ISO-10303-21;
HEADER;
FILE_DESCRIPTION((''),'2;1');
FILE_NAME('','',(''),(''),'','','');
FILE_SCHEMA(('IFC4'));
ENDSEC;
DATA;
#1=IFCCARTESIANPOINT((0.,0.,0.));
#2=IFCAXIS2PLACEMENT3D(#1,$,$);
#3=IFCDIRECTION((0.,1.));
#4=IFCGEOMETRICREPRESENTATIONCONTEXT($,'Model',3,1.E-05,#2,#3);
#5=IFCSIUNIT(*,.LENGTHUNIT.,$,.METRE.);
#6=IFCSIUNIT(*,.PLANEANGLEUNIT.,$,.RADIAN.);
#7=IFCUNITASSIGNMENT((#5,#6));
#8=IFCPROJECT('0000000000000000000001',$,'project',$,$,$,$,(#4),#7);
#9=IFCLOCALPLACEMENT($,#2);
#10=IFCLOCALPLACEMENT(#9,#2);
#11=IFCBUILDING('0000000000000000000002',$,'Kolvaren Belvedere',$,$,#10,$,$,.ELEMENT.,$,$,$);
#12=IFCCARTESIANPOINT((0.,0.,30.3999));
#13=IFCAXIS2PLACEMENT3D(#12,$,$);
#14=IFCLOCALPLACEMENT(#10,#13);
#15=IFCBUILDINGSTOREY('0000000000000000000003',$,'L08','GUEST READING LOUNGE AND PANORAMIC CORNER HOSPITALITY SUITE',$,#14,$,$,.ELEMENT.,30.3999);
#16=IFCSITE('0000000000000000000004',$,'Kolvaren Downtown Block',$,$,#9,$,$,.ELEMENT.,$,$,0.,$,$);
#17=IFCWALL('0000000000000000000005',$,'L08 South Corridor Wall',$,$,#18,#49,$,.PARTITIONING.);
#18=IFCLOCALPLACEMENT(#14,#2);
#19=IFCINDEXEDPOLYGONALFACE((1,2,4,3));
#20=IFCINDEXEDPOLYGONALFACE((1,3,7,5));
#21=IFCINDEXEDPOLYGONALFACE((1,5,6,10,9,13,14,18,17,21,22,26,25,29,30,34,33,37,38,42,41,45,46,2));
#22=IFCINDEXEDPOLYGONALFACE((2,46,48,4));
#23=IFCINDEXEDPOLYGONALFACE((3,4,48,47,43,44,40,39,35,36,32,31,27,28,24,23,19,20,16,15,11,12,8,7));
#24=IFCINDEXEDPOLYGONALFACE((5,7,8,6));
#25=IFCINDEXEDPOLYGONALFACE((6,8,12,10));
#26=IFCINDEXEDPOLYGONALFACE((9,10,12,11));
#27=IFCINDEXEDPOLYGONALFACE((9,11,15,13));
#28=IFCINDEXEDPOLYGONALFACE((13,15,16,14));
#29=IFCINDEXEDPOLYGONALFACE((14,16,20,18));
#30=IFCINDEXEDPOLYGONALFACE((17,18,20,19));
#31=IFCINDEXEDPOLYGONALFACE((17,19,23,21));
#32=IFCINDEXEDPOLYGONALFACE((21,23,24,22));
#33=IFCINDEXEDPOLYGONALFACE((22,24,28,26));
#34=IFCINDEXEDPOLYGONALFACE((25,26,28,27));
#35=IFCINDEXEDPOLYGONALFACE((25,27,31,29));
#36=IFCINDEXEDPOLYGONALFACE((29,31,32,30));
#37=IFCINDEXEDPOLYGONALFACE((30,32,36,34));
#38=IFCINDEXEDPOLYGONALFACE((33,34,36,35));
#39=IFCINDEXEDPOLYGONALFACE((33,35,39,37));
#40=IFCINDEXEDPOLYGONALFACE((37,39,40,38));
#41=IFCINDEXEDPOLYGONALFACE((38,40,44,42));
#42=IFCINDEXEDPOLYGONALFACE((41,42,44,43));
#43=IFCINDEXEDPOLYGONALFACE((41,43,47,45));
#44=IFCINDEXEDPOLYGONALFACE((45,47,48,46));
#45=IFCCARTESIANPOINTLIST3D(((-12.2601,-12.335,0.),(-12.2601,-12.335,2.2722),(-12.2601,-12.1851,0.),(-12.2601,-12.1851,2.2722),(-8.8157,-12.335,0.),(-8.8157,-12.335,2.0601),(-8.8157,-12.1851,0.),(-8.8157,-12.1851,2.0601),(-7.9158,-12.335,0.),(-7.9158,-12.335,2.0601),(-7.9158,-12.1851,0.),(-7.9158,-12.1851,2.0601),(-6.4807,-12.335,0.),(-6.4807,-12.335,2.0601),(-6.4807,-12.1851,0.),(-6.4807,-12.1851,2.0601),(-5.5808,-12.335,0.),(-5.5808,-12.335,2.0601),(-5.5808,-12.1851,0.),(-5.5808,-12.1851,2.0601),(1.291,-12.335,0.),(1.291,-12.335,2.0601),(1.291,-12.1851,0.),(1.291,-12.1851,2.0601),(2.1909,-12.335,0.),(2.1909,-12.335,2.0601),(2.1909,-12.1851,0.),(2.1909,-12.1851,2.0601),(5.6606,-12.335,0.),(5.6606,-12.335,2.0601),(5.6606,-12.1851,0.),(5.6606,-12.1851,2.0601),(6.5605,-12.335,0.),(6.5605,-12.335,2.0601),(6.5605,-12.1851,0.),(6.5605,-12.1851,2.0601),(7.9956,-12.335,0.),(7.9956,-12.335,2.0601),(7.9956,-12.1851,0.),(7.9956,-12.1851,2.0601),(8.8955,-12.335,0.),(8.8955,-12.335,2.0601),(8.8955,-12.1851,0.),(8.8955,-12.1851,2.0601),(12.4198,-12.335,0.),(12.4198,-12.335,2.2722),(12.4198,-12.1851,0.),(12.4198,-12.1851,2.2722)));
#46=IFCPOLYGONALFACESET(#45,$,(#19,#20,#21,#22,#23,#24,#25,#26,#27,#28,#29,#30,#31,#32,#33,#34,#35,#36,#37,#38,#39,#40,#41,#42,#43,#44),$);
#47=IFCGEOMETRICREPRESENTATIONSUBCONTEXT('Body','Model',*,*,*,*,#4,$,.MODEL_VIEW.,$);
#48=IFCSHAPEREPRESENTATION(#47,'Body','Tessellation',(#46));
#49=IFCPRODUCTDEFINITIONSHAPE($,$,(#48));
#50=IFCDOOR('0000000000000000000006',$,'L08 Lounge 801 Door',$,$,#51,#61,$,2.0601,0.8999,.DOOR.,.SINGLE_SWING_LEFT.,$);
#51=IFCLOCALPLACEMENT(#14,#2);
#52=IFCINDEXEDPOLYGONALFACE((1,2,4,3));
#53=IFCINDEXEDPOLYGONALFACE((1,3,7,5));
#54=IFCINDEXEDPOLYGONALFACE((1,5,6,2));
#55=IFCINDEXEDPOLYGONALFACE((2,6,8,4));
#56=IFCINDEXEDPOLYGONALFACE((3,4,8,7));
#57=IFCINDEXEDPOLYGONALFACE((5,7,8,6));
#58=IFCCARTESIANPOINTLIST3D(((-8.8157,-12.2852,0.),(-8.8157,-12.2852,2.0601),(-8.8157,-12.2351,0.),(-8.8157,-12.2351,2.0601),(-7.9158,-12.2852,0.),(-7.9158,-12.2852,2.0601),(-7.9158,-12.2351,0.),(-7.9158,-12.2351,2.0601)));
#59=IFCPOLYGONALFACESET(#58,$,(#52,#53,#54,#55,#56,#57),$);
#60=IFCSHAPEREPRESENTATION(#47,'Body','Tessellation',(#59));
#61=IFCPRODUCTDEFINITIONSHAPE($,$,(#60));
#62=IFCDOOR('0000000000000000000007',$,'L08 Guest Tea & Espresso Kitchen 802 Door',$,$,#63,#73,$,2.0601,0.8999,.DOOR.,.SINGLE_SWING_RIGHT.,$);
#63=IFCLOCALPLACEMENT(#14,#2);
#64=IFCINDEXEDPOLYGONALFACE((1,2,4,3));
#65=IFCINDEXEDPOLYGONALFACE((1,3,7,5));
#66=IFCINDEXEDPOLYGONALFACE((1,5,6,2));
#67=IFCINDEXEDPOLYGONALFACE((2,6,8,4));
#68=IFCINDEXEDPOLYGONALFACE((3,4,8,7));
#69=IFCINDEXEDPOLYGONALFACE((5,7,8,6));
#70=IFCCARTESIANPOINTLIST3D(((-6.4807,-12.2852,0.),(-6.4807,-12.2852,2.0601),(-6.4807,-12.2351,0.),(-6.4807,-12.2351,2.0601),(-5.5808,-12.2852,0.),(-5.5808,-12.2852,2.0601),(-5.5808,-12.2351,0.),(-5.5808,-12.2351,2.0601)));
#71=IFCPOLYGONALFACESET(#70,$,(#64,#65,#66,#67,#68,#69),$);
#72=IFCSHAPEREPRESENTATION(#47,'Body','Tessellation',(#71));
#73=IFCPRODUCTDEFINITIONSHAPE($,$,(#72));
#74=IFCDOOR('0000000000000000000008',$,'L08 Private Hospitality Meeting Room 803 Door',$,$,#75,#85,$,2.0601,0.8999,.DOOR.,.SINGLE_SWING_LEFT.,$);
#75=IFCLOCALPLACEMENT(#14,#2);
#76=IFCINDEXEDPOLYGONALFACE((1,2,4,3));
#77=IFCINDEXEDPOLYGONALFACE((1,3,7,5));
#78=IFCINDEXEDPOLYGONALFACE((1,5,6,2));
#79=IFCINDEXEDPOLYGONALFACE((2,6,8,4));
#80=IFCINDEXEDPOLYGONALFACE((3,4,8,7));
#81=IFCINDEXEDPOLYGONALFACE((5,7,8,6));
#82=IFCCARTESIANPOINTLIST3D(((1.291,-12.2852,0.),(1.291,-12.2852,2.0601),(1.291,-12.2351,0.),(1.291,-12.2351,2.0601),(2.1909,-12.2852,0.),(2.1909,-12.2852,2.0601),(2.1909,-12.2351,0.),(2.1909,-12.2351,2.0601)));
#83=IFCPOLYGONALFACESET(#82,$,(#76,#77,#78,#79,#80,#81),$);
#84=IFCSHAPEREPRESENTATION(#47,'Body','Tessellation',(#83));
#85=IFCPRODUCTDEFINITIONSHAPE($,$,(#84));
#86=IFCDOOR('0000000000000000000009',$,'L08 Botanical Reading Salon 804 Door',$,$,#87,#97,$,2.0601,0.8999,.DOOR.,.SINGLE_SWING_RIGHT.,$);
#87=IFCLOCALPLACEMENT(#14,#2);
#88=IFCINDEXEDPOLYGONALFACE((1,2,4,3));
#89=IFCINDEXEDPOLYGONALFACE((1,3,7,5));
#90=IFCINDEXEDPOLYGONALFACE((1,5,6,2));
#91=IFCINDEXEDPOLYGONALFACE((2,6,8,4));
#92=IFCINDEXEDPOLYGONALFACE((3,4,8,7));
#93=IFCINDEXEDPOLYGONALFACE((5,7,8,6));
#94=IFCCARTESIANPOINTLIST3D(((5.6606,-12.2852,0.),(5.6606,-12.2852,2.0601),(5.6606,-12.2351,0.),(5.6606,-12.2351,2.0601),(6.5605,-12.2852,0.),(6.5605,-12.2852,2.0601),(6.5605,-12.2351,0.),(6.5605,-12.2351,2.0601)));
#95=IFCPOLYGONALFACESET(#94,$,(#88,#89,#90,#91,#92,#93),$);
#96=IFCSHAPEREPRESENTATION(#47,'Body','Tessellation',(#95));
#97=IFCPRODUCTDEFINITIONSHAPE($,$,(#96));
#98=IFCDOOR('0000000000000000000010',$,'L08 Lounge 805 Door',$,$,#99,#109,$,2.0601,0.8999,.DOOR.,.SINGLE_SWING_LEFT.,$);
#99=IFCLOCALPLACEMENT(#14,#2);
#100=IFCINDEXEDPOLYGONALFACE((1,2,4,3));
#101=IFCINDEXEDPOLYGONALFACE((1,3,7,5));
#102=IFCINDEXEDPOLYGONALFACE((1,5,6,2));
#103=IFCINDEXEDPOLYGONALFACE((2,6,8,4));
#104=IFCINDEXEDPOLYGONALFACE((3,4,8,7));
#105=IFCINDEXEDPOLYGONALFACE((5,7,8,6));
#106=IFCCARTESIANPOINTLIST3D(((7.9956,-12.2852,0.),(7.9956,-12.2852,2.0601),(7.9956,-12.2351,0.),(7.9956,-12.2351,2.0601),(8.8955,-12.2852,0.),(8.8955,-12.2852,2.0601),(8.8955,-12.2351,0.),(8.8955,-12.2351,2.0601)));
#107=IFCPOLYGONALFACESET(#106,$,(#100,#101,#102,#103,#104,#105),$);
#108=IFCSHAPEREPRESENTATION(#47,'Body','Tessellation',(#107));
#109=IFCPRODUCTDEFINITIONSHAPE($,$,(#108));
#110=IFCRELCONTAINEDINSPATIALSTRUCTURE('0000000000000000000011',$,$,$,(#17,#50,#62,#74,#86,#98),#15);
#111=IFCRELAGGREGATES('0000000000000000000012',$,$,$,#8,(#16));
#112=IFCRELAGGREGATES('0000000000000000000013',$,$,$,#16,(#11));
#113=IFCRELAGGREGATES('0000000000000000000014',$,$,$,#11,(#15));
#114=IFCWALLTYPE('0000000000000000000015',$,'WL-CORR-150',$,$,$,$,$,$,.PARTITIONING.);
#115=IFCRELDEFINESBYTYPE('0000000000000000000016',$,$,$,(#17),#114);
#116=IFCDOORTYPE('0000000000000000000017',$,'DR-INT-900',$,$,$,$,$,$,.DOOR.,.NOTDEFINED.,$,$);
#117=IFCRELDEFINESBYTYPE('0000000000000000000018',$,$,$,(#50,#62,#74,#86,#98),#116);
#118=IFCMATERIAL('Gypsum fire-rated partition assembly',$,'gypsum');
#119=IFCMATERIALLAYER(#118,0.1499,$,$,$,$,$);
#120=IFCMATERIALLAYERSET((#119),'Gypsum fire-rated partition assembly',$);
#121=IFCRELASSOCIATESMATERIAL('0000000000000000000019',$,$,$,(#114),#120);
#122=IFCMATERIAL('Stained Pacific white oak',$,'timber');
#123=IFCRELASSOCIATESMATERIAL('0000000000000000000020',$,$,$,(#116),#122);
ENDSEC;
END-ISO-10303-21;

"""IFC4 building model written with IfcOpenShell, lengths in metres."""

from ifc_helpers import new_model, si_unit, direction, frame, frame_2d, origin, place, context, subcontext, project, spatial, rectangle, extrude, material, layer, layer_set, type_object, element, fill, save


model = new_model("IFC4")

# Units and contexts
model_context = context("Model", 3, precision=1e-05, world=origin(), true_north=direction((0.0, 1.0)))
body_context = subcontext(model_context, "Body", "Model", "MODEL_VIEW")
ifc_project = project(units=[si_unit("LENGTHUNIT", "METRE"), si_unit("PLANEANGLEUNIT", "RADIAN")], contexts=[model_context])

# Site, building, storey
site_placement = place(None, origin())
site = spatial("IfcSite", under=ifc_project, at=site_placement, Name="Kolvaren Downtown Block", CompositionType="ELEMENT", RefElevation=0.0)
building_placement = place(site_placement, origin())
building = spatial("IfcBuilding", under=site, at=building_placement, Name="Kolvaren Belvedere", CompositionType="ELEMENT")
storey_placement = place(building_placement, frame((0.0, 0.0, 30.3999)))
storey = spatial("IfcBuildingStorey", under=building, at=storey_placement, Name="L08", Description="GUEST READING LOUNGE AND PANORAMIC CORNER HOSPITALITY SUITE", CompositionType="ELEMENT", Elevation=30.3999)

# Wall, openings, doors
ifc_material_1 = material(Name="Gypsum fire-rated partition assembly", Category="gypsum")
ifc_layer_1 = layer(ifc_material_1, 0.1499)
ifc_layer_set_1 = layer_set([ifc_layer_1], Name="Gypsum fire-rated partition assembly")
wall_type_1 = type_object("IfcWallType", Name="WL-CORR-150", PredefinedType="PARTITIONING", material=ifc_layer_set_1)
wall_1_placement = place(storey_placement, frame((-12.26, -12.26, 0.0), z_axis=(0.0, 0.0, 1.0), x_axis=(1.0, 0.0, 0.0)))
wall_1 = element("IfcWall", 1, at=wall_1_placement, inside=storey, type_object=wall_type_1, Name="L08 South Corridor Wall", PredefinedType="PARTITIONING", context=body_context, shape_type="SweptSolid", body=[
    extrude(rectangle(XDim=24.6799, YDim=0.1499, at=frame_2d((12.3398, 0.0))), origin(), (0.0, 0.0, 1.0), 2.2722),
])
opening_1_placement = place(wall_1_placement, frame((3.4443, 0.0, 0.0)))
opening_1 = element("IfcOpeningElement", 2, at=opening_1_placement, cuts=wall_1, PredefinedType="OPENING", context=body_context, shape_type="SweptSolid", body=[
    extrude(rectangle(XDim=0.8999, YDim=2.0601, at=frame_2d((0.45, 1.03))), frame((0.0, 0.085, 0.0), z_axis=(0.0, -1.0, 0.0), x_axis=(1.0, 0.0, 0.0)), (0.0, 0.0, 1.0), 0.1699),
])
opening_2_placement = place(wall_1_placement, frame((5.7793, 0.0, 0.0)))
opening_2 = element("IfcOpeningElement", 3, at=opening_2_placement, cuts=wall_1, PredefinedType="OPENING", context=body_context, shape_type="SweptSolid", body=[
    extrude(rectangle(XDim=0.8999, YDim=2.0601, at=frame_2d((0.45, 1.03))), frame((0.0, 0.085, 0.0), z_axis=(0.0, -1.0, 0.0), x_axis=(1.0, 0.0, 0.0)), (0.0, 0.0, 1.0), 0.1699),
])
opening_3_placement = place(wall_1_placement, frame((13.551, 0.0, 0.0)))
opening_3 = element("IfcOpeningElement", 4, at=opening_3_placement, cuts=wall_1, PredefinedType="OPENING", context=body_context, shape_type="SweptSolid", body=[
    extrude(rectangle(XDim=0.8999, YDim=2.0601, at=frame_2d((0.45, 1.03))), frame((0.0, 0.085, 0.0), z_axis=(0.0, -1.0, 0.0), x_axis=(1.0, 0.0, 0.0)), (0.0, 0.0, 1.0), 0.1699),
])
opening_4_placement = place(wall_1_placement, frame((17.9207, 0.0, 0.0)))
opening_4 = element("IfcOpeningElement", 5, at=opening_4_placement, cuts=wall_1, PredefinedType="OPENING", context=body_context, shape_type="SweptSolid", body=[
    extrude(rectangle(XDim=0.8999, YDim=2.0601, at=frame_2d((0.45, 1.03))), frame((0.0, 0.085, 0.0), z_axis=(0.0, -1.0, 0.0), x_axis=(1.0, 0.0, 0.0)), (0.0, 0.0, 1.0), 0.1699),
])
opening_5_placement = place(wall_1_placement, frame((20.2556, 0.0, 0.0)))
opening_5 = element("IfcOpeningElement", 6, at=opening_5_placement, cuts=wall_1, PredefinedType="OPENING", context=body_context, shape_type="SweptSolid", body=[
    extrude(rectangle(XDim=0.8999, YDim=2.0601, at=frame_2d((0.45, 1.03))), frame((0.0, 0.085, 0.0), z_axis=(0.0, -1.0, 0.0), x_axis=(1.0, 0.0, 0.0)), (0.0, 0.0, 1.0), 0.1699),
])
ifc_material_2 = material(Name="Stained Pacific white oak", Category="timber")
door_type_1 = type_object("IfcDoorType", Name="DR-INT-900", OperationType="NOTDEFINED", PredefinedType="DOOR", material=ifc_material_2)
door_1_placement = place(opening_1_placement, origin())
door_1 = element("IfcDoor", 7, at=door_1_placement, inside=storey, type_object=door_type_1, Name="L08 Lounge 801 Door", OperationType="SINGLE_SWING_LEFT", OverallHeight=2.0601, OverallWidth=0.8999, PredefinedType="DOOR", context=body_context, shape_type="SweptSolid", body=[
    extrude(rectangle(XDim=0.8999, YDim=2.0601, at=frame_2d((0.45, 1.03))), frame((0.0, 0.0249, 0.0), z_axis=(0.0, -1.0, 0.0), x_axis=(1.0, 0.0, 0.0)), (0.0, 0.0, 1.0), 0.05),
])
fill(opening_1, door_1)
door_2_placement = place(opening_2_placement, origin())
door_2 = element("IfcDoor", 8, at=door_2_placement, inside=storey, type_object=door_type_1, Name="L08 Guest Tea & Espresso Kitchen 802 Door", OperationType="SINGLE_SWING_RIGHT", OverallHeight=2.0601, OverallWidth=0.8999, PredefinedType="DOOR", context=body_context, shape_type="SweptSolid", body=[
    extrude(rectangle(XDim=0.8999, YDim=2.0601, at=frame_2d((0.45, 1.03))), frame((0.0, 0.0249, 0.0), z_axis=(0.0, -1.0, 0.0), x_axis=(1.0, 0.0, 0.0)), (0.0, 0.0, 1.0), 0.05),
])
fill(opening_2, door_2)
door_3_placement = place(opening_3_placement, origin())
door_3 = element("IfcDoor", 9, at=door_3_placement, inside=storey, type_object=door_type_1, Name="L08 Private Hospitality Meeting Room 803 Door", OperationType="SINGLE_SWING_LEFT", OverallHeight=2.0601, OverallWidth=0.8999, PredefinedType="DOOR", context=body_context, shape_type="SweptSolid", body=[
    extrude(rectangle(XDim=0.8999, YDim=2.0601, at=frame_2d((0.45, 1.03))), frame((0.0, 0.0249, 0.0), z_axis=(0.0, -1.0, 0.0), x_axis=(1.0, 0.0, 0.0)), (0.0, 0.0, 1.0), 0.05),
])
fill(opening_3, door_3)
door_4_placement = place(opening_4_placement, origin())
door_4 = element("IfcDoor", 10, at=door_4_placement, inside=storey, type_object=door_type_1, Name="L08 Botanical Reading Salon 804 Door", OperationType="SINGLE_SWING_RIGHT", OverallHeight=2.0601, OverallWidth=0.8999, PredefinedType="DOOR", context=body_context, shape_type="SweptSolid", body=[
    extrude(rectangle(XDim=0.8999, YDim=2.0601, at=frame_2d((0.45, 1.03))), frame((0.0, 0.0249, 0.0), z_axis=(0.0, -1.0, 0.0), x_axis=(1.0, 0.0, 0.0)), (0.0, 0.0, 1.0), 0.05),
])
fill(opening_4, door_4)
door_5_placement = place(opening_5_placement, origin())
door_5 = element("IfcDoor", 11, at=door_5_placement, inside=storey, type_object=door_type_1, Name="L08 Lounge 805 Door", OperationType="SINGLE_SWING_LEFT", OverallHeight=2.0601, OverallWidth=0.8999, PredefinedType="DOOR", context=body_context, shape_type="SweptSolid", body=[
    extrude(rectangle(XDim=0.8999, YDim=2.0601, at=frame_2d((0.45, 1.03))), frame((0.0, 0.0249, 0.0), z_axis=(0.0, -1.0, 0.0), x_axis=(1.0, 0.0, 0.0)), (0.0, 0.0, 1.0), 0.05),
])
fill(opening_5, door_5)

save(model, "model.ifc")
